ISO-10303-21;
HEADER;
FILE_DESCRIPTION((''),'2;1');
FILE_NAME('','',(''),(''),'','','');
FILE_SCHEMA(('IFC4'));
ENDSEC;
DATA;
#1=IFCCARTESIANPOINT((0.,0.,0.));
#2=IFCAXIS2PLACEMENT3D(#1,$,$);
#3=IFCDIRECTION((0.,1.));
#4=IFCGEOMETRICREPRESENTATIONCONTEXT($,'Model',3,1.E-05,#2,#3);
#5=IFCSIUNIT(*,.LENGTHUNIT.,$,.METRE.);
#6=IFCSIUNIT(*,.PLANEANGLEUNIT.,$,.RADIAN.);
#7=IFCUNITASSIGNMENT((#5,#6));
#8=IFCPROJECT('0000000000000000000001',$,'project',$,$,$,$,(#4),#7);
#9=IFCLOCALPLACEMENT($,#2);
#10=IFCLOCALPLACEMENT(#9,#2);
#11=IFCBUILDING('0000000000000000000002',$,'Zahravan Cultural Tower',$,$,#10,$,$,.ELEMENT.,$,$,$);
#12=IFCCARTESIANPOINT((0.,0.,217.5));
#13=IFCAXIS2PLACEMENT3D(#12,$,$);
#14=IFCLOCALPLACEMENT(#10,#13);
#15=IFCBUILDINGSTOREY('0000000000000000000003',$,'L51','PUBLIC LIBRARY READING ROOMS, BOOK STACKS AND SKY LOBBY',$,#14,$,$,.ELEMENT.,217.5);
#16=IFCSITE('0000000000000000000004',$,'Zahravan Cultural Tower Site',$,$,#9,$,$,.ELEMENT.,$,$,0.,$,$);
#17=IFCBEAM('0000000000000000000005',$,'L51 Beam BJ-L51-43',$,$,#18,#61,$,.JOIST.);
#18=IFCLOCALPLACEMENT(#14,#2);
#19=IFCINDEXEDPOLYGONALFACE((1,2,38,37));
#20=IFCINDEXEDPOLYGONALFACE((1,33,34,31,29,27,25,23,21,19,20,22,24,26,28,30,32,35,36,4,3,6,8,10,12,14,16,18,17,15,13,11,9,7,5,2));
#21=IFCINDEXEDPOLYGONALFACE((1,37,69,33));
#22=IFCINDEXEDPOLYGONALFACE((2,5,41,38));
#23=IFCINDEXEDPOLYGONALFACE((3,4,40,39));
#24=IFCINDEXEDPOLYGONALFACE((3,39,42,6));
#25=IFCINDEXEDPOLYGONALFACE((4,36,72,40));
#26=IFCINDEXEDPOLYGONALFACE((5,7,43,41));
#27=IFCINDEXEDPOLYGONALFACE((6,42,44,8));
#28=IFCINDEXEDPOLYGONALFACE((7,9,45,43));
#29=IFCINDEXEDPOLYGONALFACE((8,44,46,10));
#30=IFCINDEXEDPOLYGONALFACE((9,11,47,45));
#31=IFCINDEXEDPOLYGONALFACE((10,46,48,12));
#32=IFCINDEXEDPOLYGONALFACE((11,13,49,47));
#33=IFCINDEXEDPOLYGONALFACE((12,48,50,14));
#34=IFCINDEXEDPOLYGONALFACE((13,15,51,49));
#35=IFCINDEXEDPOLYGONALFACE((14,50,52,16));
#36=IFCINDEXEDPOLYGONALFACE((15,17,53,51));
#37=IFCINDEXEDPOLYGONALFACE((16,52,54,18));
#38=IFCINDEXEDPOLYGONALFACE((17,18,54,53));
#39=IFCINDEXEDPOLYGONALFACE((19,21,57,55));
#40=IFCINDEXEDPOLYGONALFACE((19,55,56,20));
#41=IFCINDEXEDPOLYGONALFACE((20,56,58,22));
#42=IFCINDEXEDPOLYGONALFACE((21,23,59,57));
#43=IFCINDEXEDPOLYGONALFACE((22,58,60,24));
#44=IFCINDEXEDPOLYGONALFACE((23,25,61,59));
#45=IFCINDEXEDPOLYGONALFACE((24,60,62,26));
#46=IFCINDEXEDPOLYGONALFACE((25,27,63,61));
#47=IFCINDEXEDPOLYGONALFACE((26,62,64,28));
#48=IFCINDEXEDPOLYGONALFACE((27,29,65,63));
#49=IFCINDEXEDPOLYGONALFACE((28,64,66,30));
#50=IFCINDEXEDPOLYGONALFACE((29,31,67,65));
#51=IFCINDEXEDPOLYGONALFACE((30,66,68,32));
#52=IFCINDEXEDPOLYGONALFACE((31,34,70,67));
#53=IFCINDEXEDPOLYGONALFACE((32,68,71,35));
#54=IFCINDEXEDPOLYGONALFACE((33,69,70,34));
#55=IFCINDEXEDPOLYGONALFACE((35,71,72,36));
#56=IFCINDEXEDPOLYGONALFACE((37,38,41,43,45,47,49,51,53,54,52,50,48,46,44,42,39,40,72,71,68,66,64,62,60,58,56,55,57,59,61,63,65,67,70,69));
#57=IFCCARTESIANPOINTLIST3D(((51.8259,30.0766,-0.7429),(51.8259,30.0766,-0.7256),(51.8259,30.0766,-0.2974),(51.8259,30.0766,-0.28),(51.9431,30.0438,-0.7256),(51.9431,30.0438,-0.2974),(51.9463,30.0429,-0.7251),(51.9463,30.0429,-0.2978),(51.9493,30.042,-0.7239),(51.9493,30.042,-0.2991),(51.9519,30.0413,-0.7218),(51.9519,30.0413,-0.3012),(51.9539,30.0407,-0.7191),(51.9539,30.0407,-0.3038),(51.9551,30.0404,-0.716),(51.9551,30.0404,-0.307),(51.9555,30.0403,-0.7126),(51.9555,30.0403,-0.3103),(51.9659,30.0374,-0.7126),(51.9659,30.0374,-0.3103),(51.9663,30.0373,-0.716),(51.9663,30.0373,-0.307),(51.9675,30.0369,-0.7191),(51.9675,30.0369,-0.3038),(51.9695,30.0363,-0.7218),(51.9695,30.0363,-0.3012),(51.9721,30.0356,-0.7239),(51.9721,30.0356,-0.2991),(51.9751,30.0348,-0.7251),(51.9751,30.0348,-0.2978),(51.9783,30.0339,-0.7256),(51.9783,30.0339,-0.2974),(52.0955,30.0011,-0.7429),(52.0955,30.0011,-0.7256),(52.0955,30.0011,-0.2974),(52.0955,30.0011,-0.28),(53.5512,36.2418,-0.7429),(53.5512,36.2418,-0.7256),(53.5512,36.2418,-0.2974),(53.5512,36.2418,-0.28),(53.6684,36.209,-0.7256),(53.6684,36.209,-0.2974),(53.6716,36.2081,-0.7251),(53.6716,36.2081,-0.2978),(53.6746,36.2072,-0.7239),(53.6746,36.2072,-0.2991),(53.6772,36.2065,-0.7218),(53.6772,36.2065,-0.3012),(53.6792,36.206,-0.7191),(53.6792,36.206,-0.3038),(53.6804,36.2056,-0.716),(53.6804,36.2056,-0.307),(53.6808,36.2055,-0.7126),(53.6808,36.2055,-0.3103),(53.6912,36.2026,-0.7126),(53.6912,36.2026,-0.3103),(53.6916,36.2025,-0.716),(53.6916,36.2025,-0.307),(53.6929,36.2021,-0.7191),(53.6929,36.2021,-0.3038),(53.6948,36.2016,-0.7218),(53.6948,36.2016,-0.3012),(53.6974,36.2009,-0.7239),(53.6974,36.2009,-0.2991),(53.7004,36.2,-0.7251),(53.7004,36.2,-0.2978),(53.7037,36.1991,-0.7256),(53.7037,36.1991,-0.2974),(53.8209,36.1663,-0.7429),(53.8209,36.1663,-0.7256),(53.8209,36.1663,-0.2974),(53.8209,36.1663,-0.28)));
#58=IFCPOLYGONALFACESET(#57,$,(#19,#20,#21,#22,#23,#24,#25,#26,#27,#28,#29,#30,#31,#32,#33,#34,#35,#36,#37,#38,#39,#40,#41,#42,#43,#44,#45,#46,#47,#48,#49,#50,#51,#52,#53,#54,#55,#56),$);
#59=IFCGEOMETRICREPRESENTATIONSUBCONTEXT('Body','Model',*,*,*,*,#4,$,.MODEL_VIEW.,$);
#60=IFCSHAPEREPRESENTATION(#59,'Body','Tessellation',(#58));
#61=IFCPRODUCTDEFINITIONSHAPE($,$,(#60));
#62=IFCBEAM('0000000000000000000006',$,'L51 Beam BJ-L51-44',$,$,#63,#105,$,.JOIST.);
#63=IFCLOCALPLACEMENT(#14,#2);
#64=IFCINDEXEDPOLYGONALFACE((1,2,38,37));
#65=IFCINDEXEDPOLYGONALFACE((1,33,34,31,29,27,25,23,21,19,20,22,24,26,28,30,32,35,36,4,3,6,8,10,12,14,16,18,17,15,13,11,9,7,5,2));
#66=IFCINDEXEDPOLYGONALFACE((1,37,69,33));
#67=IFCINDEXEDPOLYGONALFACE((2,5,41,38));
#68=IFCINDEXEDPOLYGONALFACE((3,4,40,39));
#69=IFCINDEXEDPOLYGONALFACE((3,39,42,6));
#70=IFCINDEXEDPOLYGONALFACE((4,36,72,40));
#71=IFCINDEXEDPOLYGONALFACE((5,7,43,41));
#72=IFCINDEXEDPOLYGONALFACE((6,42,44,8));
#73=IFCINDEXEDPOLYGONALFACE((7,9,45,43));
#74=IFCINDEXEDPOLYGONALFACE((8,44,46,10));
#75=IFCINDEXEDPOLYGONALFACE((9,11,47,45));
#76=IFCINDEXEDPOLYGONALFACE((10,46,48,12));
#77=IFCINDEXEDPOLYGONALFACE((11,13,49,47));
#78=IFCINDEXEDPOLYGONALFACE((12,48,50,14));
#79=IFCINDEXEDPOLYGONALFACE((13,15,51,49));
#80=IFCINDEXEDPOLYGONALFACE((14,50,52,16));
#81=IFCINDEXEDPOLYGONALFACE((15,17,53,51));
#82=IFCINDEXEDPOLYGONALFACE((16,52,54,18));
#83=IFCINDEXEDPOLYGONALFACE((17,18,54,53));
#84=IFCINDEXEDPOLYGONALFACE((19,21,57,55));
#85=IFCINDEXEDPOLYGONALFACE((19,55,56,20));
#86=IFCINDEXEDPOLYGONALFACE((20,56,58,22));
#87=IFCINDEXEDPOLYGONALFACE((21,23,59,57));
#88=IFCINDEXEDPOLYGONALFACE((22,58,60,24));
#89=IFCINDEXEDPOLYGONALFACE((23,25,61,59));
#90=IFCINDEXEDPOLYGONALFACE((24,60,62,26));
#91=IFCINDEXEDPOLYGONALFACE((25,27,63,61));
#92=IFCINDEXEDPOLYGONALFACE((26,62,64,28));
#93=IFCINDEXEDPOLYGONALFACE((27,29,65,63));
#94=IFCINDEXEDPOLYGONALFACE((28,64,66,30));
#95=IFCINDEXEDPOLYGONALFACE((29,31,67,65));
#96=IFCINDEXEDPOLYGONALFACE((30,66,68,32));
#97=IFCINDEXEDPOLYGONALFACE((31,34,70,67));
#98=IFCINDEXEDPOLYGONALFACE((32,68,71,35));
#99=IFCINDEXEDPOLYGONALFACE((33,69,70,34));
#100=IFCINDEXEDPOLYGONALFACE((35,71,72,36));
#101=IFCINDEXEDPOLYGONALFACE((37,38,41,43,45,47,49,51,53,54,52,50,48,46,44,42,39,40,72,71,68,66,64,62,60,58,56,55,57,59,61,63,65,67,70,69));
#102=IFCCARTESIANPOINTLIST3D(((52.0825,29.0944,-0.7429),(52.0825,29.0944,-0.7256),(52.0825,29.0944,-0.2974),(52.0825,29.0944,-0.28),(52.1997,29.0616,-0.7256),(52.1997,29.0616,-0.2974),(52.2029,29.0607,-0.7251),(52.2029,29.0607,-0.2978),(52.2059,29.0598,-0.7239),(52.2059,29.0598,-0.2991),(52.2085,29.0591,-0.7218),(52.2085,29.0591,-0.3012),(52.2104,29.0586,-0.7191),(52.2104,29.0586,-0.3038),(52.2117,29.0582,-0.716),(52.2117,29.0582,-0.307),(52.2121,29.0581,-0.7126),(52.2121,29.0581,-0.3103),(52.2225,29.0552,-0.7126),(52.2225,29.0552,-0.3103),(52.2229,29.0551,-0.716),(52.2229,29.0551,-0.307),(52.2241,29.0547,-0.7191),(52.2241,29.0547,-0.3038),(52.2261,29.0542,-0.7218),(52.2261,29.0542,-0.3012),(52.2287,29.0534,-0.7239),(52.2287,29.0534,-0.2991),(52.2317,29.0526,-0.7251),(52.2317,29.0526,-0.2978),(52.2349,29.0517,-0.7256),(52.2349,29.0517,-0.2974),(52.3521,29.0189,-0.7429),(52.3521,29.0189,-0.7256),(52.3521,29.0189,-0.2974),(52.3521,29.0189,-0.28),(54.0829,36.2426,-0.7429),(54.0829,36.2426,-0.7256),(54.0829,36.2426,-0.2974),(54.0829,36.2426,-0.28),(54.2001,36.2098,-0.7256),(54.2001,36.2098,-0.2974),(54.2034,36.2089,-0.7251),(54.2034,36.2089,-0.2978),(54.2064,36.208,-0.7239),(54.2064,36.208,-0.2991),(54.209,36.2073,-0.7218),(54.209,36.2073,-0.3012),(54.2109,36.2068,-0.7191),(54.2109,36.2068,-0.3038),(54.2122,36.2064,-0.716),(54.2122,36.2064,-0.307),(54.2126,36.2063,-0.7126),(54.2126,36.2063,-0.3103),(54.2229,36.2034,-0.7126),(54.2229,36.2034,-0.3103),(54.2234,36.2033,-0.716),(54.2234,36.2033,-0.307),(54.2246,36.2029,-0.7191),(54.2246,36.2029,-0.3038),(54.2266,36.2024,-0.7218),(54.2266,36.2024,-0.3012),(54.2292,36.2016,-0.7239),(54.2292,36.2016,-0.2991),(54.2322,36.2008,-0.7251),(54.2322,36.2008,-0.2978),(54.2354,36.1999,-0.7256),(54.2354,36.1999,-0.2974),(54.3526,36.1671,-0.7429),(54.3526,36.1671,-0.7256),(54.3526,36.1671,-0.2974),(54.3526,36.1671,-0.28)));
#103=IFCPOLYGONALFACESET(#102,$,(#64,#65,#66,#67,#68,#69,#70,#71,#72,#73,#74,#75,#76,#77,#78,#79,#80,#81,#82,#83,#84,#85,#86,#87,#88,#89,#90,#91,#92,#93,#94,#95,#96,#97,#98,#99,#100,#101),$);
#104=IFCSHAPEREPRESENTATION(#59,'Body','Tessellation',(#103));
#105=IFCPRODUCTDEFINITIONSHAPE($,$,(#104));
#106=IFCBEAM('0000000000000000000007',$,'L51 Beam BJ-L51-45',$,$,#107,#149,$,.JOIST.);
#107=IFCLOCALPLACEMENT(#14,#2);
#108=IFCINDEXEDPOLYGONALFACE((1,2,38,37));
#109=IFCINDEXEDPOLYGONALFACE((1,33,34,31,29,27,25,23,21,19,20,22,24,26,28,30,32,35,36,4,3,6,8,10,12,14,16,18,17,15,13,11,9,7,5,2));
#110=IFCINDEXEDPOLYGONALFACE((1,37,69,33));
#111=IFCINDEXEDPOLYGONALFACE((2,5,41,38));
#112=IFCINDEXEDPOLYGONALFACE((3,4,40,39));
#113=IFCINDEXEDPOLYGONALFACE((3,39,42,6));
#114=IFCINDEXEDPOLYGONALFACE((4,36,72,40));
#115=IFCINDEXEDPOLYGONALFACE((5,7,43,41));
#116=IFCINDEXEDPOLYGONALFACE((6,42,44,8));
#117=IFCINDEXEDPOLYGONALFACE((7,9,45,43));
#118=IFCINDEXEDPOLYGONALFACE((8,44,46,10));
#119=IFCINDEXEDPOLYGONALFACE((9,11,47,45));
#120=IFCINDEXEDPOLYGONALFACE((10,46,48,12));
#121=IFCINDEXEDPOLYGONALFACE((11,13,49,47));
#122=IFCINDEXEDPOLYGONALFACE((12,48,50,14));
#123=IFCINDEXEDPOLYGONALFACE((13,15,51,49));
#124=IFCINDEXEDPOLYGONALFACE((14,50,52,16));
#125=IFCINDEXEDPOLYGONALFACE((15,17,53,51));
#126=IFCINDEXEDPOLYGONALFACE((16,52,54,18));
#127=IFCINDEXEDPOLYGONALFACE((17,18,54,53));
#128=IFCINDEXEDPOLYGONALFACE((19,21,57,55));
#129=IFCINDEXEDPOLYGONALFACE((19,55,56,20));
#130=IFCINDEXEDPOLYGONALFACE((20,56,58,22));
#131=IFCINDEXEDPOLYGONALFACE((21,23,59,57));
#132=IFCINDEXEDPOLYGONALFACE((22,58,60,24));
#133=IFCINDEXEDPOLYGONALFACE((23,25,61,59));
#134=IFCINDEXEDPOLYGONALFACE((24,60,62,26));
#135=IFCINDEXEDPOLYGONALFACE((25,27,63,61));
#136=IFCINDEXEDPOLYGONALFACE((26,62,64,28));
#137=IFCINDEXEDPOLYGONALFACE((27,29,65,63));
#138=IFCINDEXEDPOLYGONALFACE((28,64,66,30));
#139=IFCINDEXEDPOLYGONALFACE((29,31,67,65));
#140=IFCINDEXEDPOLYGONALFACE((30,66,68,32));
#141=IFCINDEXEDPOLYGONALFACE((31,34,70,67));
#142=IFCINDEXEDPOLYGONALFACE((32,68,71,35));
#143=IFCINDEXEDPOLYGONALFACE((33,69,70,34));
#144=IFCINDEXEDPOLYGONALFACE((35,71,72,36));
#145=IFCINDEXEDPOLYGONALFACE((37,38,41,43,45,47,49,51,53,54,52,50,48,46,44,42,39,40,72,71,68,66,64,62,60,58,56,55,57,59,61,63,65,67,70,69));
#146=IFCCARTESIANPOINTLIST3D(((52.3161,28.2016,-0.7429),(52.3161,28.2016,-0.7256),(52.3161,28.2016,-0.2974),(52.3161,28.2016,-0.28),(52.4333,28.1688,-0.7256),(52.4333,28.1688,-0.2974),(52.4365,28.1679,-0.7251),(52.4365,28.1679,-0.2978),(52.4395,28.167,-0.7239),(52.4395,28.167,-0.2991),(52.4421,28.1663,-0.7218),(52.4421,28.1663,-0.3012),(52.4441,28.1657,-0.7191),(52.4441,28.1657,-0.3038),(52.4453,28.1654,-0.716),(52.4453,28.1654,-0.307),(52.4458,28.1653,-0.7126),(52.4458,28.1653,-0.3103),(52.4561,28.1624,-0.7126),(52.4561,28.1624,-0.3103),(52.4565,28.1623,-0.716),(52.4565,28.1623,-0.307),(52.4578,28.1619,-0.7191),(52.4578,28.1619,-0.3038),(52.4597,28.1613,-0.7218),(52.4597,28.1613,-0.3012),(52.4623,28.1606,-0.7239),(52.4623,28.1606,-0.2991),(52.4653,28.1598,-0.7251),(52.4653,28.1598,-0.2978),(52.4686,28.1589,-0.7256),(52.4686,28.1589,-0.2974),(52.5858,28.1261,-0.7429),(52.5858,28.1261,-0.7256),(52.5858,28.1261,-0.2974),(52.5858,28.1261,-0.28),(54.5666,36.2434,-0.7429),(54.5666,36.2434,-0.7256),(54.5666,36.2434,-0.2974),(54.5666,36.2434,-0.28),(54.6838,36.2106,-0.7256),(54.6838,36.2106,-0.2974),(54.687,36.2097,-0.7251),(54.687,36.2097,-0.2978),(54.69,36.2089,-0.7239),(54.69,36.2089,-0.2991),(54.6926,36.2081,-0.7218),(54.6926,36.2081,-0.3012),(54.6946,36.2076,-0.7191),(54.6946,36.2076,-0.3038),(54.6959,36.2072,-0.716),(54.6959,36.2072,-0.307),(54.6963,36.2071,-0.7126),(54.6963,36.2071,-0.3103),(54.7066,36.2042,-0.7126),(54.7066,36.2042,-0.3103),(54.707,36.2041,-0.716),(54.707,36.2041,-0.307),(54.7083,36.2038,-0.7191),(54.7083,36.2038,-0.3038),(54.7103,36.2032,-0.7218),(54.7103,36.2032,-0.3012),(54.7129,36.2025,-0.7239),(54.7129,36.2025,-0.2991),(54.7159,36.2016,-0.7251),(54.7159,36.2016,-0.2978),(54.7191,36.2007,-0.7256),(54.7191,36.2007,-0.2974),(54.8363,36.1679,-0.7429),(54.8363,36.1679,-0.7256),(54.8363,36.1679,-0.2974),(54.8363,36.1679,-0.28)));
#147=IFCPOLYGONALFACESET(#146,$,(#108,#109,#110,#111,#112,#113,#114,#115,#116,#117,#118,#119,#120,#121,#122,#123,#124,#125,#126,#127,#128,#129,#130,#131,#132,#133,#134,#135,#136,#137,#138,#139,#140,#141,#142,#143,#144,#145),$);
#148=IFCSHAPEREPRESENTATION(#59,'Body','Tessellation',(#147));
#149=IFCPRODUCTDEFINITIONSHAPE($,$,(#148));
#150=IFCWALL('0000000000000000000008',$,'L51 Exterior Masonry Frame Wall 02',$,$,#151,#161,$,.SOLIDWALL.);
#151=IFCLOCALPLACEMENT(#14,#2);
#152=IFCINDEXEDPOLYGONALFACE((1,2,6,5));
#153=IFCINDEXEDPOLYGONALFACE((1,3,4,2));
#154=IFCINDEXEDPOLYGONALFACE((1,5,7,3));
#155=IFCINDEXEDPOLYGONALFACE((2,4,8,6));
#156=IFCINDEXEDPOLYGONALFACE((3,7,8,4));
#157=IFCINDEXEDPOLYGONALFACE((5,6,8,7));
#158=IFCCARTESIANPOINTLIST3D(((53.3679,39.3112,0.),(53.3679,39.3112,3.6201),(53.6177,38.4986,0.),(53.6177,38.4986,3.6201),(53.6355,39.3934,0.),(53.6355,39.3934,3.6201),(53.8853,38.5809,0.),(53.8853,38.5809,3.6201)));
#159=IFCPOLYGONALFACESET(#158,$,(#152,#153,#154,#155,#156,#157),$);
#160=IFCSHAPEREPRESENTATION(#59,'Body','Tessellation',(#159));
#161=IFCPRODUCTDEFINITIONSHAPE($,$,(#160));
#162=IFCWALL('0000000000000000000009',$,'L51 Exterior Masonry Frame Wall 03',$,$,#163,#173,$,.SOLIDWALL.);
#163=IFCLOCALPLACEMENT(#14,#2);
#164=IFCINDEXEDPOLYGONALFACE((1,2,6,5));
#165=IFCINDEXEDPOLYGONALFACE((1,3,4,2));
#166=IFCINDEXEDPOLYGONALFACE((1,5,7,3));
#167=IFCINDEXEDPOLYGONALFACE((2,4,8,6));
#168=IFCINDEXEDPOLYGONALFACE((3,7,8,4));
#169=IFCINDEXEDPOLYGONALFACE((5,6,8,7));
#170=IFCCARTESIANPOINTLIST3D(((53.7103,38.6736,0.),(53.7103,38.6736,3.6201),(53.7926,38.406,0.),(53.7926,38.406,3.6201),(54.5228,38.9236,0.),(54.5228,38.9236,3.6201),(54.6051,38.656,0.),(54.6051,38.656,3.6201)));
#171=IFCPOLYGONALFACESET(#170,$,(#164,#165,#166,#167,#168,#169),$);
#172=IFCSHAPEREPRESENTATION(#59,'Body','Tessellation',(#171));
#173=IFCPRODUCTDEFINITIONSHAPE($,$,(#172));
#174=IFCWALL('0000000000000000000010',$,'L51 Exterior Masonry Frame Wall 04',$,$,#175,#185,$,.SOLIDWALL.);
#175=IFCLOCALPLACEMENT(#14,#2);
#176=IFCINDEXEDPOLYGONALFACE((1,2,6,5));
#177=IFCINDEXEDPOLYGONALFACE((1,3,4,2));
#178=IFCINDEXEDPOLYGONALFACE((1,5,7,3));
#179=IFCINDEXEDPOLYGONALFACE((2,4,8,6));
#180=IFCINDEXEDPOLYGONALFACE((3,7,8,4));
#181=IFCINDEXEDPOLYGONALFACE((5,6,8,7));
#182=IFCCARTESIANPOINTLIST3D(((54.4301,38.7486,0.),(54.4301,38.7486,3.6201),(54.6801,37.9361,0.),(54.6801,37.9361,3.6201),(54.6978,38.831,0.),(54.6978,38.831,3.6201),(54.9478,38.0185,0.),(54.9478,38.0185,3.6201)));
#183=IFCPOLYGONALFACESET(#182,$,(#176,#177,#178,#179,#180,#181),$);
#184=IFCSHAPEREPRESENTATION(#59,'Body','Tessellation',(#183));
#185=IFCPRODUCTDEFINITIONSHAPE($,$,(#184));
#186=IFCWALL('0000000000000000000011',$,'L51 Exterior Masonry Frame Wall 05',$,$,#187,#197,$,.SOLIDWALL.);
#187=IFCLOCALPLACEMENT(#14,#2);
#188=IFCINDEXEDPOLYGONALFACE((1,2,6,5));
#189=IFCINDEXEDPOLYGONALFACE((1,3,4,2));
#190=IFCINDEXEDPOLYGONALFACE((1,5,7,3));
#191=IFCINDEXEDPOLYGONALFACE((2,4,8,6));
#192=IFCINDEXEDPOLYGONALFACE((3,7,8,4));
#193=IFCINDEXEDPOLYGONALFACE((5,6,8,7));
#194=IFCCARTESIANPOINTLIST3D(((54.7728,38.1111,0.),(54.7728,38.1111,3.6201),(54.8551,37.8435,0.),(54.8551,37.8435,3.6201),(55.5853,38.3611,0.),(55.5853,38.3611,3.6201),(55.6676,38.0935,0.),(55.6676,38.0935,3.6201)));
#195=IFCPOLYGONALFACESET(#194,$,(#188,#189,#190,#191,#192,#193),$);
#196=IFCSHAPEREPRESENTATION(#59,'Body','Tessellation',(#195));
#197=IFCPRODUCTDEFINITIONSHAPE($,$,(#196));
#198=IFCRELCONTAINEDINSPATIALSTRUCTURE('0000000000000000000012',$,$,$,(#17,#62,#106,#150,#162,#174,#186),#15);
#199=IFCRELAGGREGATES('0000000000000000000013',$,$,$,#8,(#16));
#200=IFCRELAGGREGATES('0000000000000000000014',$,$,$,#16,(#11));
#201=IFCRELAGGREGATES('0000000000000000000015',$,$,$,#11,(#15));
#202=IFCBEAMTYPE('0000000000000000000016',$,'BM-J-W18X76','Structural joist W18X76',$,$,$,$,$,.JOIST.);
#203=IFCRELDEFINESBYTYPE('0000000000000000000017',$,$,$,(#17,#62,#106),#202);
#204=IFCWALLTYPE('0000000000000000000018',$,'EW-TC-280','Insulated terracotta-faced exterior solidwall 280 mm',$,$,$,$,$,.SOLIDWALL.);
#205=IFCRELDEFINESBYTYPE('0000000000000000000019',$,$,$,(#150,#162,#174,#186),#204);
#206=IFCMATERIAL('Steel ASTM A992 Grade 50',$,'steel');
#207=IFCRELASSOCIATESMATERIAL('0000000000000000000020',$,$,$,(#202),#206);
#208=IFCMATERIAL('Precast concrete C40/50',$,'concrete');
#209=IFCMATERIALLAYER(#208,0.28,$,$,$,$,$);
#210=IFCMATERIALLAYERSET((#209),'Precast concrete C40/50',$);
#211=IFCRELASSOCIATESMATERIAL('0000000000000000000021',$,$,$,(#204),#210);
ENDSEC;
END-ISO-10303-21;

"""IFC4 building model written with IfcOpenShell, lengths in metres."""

from ifc_helpers import new_model, si_unit, direction, frame, frame_2d, origin, origin_2d, place, context, subcontext, project, spatial, rectangle, i_section, extrude, source, transform, mapped, material, layer, layer_set, material_profile, profile_set, type_object, element, save


model = new_model("IFC4")

# Units and contexts
model_context = context("Model", 3, precision=1e-05, world=origin(), true_north=direction((0.0, 1.0)))
body_context = subcontext(model_context, "Body", "Model", "MODEL_VIEW")
ifc_project = project(units=[si_unit("LENGTHUNIT", "METRE"), si_unit("PLANEANGLEUNIT", "RADIAN")], contexts=[model_context])

# Site, building, storey
site_placement = place(None, origin())
site = spatial("IfcSite", under=ifc_project, at=site_placement, Name="Zahravan Cultural Tower Site", CompositionType="ELEMENT", RefElevation=0.0)
building_placement = place(site_placement, origin())
building = spatial("IfcBuilding", under=site, at=building_placement, Name="Zahravan Cultural Tower", CompositionType="ELEMENT")
storey_placement = place(building_placement, frame((0.0, 0.0, 217.5)))
storey = spatial("IfcBuildingStorey", under=building, at=storey_placement, Name="L51", Description="PUBLIC LIBRARY READING ROOMS, BOOK STACKS AND SKY LOBBY", CompositionType="ELEMENT", Elevation=217.5)

# Shared definitions
ifc_material_1 = material(Name="Steel ASTM A992 Grade 50", Category="steel")

# Beams
ifc_material_profile_1 = material_profile(ifc_material_1, i_section(OverallWidth=0.28, OverallDepth=0.4629, WebThickness=0.0107, FlangeThickness=0.0173, FilletRadius=0.0129, at=origin_2d()), Name="W18X76")
ifc_profile_set_1 = profile_set([ifc_material_profile_1], Name="Steel ASTM A992 Grade 50")
beam_type = type_object("IfcBeamType", Name="BM-J-W18X76", Description="Structural joist W18X76", PredefinedType="JOIST", material=ifc_profile_set_1)
shared_shape_1 = source(origin(), body_context, "Body", "SweptSolid", [
    extrude(i_section(OverallWidth=0.28, OverallDepth=0.4629, WebThickness=0.0107, FlangeThickness=0.0173, FilletRadius=0.0129, at=origin_2d()), origin(), (0.0, 0.0, 1.0), 6.4021),
])
beam_1_placement = place(storey_placement, frame((51.9607, 30.0388, -0.5115), z_axis=(0.269494, 0.963002, 0.0), x_axis=(-0.963002, 0.269494, 0.0)))
element("IfcBeam", 1, at=beam_1_placement, inside=storey, type_object=beam_type, Name="L51 Beam BJ-L51-43", PredefinedType="JOIST", context=body_context, shape_type="MappedRepresentation", body=[
    mapped(shared_shape_1, transform((0.0, 0.0, 0.0), x_axis=(1.0, 0.0, 0.0), y_axis=(0.0, 1.0, 0.0), z_axis=(0.0, 0.0, 1.0), scale=1.0)),
])
shared_shape_2 = source(origin(), body_context, "Body", "SweptSolid", [
    extrude(i_section(OverallWidth=0.28, OverallDepth=0.4629, WebThickness=0.0107, FlangeThickness=0.0173, FilletRadius=0.0129, at=origin_2d()), origin(), (0.0, 0.0, 1.0), 7.4229),
])
beam_2_placement = place(storey_placement, frame((52.2173, 29.0566, -0.5115), z_axis=(0.269504, 0.962999, 0.0), x_axis=(-0.962999, 0.269504, 0.0)))
element("IfcBeam", 2, at=beam_2_placement, inside=storey, type_object=beam_type, Name="L51 Beam BJ-L51-44", PredefinedType="JOIST", context=body_context, shape_type="MappedRepresentation", body=[
    mapped(shared_shape_2, transform((0.0, 0.0, 0.0), x_axis=(1.0, 0.0, 0.0), y_axis=(0.0, 1.0, 0.0), z_axis=(0.0, 0.0, 1.0), scale=1.0)),
])
shared_shape_3 = source(origin(), body_context, "Body", "SweptSolid", [
    extrude(i_section(OverallWidth=0.28, OverallDepth=0.4629, WebThickness=0.0107, FlangeThickness=0.0173, FilletRadius=0.0129, at=origin_2d()), origin(), (0.0, 0.0, 1.0), 8.3508),
])
beam_3_placement = place(storey_placement, frame((52.4509, 28.1638, -0.5115), z_axis=(0.269497, 0.963001, 0.0), x_axis=(-0.963001, 0.269497, 0.0)))
element("IfcBeam", 3, at=beam_3_placement, inside=storey, type_object=beam_type, Name="L51 Beam BJ-L51-45", PredefinedType="JOIST", context=body_context, shape_type="MappedRepresentation", body=[
    mapped(shared_shape_3, transform((0.0, 0.0, 0.0), x_axis=(1.0, 0.0, 0.0), y_axis=(0.0, 1.0, 0.0), z_axis=(0.0, 0.0, 1.0), scale=1.0)),
])

# Walls
ifc_material_2 = material(Name="Precast concrete C40/50", Category="concrete")
ifc_layer_1 = layer(ifc_material_2, 0.28)
ifc_layer_set_1 = layer_set([ifc_layer_1], Name="Precast concrete C40/50")
wall_type_1 = type_object("IfcWallType", Name="EW-TC-280", Description="Insulated terracotta-faced exterior solidwall 280 mm", PredefinedType="SOLIDWALL", material=ifc_layer_set_1)
shared_shape_4 = source(origin(), body_context, "Body", "SweptSolid", [
    extrude(rectangle(XDim=0.8501, YDim=0.28, at=frame_2d((0.425, 0.0))), origin(), (0.0, 0.0, 1.0), 3.6201),
])
for number, where, z_axis, x_axis, name in (
    (4, (53.5017, 39.3523, 0.0), (0.0, 0.0, 1.0), (0.293823, -0.95586, 0.0), "L51 Exterior Masonry Frame Wall 02"),
    (5, (53.7515, 38.5398, 0.0), (0.0, 0.0, 1.0), (0.955779, 0.294086, 0.0), "L51 Exterior Masonry Frame Wall 03"),
    (6, (54.564, 38.7898, 0.0), (0.0, 0.0, 1.0), (0.294086, -0.955779, 0.0), "L51 Exterior Masonry Frame Wall 04"),
    (7, (54.814, 37.9773, 0.0), (0.0, 0.0, 1.0), (0.955779, 0.294086, 0.0), "L51 Exterior Masonry Frame Wall 05"),
):
    element("IfcWall", number, at=place(storey_placement, frame(where, z_axis=z_axis, x_axis=x_axis)), inside=storey, type_object=wall_type_1, Name=name, PredefinedType="SOLIDWALL", context=body_context, shape_type="MappedRepresentation", body=[
        mapped(shared_shape_4, transform((0.0, 0.0, 0.0), x_axis=(1.0, 0.0, 0.0), y_axis=(0.0, 1.0, 0.0), z_axis=(0.0, 0.0, 1.0), scale=1.0)),
    ])

save(model, "model.ifc")
